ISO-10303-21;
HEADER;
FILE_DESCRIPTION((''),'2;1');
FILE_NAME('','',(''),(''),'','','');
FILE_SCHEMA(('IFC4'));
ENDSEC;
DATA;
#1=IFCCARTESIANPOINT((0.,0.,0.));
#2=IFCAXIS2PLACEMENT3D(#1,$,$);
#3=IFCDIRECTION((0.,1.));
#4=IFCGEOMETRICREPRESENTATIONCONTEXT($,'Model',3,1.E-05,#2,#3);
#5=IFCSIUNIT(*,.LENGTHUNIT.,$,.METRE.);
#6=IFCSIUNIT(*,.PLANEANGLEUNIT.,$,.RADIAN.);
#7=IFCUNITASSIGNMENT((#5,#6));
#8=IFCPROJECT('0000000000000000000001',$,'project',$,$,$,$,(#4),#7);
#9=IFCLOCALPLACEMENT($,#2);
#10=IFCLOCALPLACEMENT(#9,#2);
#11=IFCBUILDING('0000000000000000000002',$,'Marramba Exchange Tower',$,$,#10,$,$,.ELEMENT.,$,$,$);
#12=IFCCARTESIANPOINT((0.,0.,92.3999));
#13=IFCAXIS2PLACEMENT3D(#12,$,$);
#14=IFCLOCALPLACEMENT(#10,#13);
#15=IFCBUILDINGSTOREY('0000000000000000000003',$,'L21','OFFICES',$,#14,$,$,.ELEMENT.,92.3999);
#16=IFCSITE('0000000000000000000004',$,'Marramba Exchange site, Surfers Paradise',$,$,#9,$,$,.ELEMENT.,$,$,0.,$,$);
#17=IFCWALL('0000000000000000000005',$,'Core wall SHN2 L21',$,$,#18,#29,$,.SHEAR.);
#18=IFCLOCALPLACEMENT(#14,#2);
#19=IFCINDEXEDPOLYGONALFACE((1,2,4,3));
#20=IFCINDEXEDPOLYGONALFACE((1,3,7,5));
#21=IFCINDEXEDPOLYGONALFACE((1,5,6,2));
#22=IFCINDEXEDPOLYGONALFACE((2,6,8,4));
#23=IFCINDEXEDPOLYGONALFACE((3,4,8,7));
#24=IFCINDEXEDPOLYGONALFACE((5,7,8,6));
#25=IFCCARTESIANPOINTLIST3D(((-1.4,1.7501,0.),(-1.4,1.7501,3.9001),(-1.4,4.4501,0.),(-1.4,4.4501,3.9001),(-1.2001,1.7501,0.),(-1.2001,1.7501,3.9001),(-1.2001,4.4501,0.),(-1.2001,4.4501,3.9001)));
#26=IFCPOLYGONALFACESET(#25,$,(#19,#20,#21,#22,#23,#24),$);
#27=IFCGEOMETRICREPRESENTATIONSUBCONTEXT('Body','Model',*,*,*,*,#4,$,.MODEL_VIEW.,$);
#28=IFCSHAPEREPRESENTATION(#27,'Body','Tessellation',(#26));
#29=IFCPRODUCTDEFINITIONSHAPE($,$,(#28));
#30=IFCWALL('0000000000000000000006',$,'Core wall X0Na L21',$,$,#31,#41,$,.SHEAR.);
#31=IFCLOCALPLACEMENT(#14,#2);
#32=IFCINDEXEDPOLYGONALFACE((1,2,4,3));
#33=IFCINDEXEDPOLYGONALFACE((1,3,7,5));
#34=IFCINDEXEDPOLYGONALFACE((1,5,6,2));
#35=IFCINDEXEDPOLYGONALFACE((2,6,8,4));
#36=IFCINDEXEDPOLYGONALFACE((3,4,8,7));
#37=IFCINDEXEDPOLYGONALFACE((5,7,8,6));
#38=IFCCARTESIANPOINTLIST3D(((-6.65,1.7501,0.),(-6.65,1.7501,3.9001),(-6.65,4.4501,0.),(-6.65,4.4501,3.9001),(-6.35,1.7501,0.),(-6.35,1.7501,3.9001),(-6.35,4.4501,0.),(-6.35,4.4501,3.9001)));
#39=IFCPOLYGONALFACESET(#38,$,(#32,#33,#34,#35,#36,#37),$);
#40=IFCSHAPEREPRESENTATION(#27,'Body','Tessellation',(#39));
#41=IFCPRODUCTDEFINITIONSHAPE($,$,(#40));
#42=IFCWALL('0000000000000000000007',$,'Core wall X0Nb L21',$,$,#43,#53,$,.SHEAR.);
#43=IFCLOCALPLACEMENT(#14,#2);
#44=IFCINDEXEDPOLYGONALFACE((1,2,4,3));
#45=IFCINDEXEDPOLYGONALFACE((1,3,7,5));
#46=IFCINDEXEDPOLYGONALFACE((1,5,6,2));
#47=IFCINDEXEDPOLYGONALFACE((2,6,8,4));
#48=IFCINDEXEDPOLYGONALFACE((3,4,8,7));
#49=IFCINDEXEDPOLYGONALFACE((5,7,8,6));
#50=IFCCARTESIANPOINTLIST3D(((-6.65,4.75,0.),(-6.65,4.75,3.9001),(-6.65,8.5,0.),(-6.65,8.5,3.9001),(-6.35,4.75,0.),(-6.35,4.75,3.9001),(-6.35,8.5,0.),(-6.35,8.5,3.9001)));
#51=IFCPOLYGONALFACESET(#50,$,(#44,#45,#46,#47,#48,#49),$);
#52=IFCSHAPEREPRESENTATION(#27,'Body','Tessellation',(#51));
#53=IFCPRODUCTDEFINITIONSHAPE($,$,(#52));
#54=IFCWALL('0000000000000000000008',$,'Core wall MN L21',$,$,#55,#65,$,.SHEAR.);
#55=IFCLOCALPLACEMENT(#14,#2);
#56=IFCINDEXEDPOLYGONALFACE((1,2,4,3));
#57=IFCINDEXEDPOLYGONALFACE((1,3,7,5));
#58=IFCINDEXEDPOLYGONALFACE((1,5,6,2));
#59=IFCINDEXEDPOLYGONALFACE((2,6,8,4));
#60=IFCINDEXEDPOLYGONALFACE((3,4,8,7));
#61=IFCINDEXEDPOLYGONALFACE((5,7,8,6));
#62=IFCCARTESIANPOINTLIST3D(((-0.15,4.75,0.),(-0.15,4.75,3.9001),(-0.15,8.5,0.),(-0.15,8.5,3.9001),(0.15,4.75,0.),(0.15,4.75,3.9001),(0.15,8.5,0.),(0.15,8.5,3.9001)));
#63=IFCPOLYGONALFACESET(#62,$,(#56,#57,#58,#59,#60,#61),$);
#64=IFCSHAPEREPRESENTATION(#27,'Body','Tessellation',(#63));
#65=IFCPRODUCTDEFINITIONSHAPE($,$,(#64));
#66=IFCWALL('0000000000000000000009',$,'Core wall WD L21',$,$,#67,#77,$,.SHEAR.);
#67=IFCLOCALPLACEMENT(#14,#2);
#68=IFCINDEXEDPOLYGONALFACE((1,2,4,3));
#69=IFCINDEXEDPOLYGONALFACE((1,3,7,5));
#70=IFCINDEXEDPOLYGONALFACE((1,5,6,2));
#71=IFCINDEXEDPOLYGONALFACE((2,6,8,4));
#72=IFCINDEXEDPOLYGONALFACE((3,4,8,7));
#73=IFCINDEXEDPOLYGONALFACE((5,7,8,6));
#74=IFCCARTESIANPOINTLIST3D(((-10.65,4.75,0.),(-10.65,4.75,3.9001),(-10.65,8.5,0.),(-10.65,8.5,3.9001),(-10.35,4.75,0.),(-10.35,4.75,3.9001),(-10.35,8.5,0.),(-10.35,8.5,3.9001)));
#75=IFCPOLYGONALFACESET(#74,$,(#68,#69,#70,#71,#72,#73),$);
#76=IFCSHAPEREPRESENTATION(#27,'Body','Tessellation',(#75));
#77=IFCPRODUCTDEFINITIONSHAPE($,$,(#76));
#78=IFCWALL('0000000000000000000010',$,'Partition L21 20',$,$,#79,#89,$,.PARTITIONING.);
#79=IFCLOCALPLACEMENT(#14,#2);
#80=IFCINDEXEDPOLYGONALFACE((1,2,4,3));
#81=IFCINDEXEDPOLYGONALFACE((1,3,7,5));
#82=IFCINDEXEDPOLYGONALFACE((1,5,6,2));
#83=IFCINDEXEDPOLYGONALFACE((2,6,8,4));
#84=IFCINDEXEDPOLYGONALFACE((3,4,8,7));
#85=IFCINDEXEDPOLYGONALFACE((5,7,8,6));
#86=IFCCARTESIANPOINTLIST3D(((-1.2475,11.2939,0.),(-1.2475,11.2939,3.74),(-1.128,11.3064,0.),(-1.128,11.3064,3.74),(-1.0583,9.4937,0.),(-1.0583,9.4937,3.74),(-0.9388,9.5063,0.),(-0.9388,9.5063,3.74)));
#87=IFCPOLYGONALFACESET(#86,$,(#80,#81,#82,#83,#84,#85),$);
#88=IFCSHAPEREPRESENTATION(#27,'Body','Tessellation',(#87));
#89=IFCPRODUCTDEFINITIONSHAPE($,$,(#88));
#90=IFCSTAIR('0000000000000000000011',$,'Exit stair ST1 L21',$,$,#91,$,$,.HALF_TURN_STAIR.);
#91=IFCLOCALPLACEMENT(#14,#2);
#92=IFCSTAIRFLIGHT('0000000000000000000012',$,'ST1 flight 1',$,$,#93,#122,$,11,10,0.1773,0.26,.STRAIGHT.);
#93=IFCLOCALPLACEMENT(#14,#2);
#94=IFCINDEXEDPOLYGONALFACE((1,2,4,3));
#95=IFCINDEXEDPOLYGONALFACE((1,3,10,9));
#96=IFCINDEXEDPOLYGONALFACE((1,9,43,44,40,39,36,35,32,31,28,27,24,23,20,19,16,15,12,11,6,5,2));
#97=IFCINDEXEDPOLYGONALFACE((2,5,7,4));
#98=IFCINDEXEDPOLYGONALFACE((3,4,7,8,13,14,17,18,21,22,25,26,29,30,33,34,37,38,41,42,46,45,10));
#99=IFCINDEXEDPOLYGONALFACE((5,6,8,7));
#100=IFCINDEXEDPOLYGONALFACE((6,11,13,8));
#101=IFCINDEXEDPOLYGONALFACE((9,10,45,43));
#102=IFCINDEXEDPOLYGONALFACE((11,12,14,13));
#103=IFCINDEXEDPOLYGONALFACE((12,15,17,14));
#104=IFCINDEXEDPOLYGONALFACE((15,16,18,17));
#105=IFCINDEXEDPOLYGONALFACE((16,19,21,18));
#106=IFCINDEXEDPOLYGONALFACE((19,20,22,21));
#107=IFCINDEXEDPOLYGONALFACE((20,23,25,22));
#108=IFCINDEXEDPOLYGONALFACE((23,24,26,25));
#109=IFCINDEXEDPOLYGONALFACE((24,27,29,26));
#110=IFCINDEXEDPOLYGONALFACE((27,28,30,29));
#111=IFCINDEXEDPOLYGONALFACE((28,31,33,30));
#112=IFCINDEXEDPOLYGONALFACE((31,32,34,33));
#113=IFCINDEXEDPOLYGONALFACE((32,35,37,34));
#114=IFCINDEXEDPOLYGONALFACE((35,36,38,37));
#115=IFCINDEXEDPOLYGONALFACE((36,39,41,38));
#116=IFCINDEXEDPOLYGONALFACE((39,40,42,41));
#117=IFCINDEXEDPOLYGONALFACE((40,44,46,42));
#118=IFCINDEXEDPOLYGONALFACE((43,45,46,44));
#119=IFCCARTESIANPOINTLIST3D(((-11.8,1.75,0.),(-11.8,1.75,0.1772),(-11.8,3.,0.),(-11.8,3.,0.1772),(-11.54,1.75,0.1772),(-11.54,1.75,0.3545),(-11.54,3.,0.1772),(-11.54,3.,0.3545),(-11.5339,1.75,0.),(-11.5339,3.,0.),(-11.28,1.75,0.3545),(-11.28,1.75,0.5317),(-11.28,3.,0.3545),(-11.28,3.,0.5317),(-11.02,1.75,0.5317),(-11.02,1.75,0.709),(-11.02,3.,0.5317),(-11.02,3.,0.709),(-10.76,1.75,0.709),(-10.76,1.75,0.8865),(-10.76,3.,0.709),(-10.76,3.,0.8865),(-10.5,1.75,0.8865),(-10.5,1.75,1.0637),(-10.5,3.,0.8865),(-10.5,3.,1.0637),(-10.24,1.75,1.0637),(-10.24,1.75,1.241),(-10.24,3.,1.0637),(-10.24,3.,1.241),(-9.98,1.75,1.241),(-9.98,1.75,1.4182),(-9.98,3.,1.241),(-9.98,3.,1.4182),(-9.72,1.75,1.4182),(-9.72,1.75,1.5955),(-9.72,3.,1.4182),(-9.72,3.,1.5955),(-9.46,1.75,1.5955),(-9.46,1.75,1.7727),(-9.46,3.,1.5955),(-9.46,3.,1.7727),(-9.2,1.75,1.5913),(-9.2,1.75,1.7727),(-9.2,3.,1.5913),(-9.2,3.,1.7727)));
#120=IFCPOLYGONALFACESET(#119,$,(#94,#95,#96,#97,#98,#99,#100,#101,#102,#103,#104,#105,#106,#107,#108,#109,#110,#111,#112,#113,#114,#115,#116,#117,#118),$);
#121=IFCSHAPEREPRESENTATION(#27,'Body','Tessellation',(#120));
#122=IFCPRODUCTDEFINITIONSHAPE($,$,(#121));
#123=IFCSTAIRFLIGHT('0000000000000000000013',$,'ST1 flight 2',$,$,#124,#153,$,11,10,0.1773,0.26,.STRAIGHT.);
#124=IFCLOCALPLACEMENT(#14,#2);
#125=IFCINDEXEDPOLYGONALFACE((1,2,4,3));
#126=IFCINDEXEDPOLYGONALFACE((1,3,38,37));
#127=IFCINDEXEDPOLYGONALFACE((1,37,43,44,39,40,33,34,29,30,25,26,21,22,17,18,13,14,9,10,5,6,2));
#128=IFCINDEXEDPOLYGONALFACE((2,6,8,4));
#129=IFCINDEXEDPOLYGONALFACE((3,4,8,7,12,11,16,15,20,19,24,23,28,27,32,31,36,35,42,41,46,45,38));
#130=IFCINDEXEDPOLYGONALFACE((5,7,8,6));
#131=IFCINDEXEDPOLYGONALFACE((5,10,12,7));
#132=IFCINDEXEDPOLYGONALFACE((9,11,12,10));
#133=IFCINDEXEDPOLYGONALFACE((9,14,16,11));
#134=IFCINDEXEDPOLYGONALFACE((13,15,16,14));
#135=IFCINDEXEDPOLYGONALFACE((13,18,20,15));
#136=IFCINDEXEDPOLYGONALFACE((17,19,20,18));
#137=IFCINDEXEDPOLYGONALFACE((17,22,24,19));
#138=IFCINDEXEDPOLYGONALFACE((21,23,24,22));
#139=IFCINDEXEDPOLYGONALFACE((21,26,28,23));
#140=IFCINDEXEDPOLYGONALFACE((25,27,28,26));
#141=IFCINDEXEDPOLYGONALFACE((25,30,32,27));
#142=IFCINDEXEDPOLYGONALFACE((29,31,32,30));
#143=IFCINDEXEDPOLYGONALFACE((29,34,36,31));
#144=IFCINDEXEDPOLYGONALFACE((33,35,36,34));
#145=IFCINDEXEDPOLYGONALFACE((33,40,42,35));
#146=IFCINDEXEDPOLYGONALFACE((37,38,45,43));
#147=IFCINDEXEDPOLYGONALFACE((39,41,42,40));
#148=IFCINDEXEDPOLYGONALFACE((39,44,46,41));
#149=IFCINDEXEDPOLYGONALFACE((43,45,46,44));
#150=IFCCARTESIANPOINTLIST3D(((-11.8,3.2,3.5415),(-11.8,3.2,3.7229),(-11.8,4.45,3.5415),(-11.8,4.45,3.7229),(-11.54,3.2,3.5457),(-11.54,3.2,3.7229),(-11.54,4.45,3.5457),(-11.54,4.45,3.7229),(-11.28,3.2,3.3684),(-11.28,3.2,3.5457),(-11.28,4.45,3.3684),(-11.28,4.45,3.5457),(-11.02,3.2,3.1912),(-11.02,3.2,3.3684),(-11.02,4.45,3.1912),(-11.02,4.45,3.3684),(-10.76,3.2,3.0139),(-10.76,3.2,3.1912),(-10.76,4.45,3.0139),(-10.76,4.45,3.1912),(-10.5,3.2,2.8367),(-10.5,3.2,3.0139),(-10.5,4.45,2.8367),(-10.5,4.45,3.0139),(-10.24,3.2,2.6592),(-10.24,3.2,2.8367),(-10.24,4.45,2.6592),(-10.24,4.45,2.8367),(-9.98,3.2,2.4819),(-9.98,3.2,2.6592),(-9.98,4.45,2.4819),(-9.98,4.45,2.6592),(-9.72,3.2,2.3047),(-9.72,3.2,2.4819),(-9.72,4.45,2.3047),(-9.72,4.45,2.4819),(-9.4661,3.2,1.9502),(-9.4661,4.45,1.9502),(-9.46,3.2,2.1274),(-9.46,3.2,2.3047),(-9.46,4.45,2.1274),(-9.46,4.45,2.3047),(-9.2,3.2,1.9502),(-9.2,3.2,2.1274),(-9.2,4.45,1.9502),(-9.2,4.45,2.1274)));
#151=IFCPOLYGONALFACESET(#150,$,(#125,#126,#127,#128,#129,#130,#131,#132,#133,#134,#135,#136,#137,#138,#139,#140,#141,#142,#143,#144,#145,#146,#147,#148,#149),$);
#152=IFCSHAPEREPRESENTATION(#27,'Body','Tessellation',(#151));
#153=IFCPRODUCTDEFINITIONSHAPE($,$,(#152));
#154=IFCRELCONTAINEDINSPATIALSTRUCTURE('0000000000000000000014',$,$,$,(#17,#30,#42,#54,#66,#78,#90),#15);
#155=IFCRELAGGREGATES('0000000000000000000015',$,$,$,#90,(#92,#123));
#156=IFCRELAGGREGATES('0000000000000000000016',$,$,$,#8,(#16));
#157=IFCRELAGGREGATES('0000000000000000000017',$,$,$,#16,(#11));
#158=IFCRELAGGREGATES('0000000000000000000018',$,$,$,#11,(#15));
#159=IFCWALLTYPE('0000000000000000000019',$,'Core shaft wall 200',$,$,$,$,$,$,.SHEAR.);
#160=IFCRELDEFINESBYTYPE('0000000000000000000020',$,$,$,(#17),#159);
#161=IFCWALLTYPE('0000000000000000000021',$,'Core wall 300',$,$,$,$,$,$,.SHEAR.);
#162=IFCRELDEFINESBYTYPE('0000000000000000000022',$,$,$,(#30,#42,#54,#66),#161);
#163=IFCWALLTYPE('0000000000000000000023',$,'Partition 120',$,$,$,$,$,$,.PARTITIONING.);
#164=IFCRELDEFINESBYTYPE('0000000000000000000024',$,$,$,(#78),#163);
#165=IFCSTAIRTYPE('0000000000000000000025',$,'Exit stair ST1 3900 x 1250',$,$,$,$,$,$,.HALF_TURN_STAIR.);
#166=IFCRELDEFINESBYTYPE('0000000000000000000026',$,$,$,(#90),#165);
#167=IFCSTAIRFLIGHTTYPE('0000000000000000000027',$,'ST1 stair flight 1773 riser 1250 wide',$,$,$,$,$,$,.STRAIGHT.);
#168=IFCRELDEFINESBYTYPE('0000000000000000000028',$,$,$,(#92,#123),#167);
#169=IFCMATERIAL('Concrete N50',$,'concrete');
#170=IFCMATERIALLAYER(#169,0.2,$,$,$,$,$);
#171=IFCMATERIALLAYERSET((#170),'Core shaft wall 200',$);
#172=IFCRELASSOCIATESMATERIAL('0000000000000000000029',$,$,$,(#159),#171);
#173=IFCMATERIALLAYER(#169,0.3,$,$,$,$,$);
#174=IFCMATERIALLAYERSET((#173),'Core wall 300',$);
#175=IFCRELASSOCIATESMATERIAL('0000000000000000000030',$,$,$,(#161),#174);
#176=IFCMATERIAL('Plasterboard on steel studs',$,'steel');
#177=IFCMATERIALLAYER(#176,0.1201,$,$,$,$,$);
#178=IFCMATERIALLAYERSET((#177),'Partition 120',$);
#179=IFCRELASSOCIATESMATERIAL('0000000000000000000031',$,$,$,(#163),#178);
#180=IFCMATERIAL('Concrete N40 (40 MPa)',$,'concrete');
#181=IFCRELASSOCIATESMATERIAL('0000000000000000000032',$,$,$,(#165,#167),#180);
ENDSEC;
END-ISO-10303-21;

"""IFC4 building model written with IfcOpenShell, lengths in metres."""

from ifc_helpers import new_model, si_unit, direction, frame, frame_2d, origin, place, context, subcontext, project, spatial, polyline, rectangle, outline, extrude, material, layer, layer_set, type_object, element, aggregate, save


model = new_model("IFC4")

# Units and contexts
model_context = context("Model", 3, precision=1e-05, world=origin(), true_north=direction((0.0, 1.0)))
body_context = subcontext(model_context, "Body", "Model", "MODEL_VIEW")
ifc_project = project(units=[si_unit("LENGTHUNIT", "METRE"), si_unit("PLANEANGLEUNIT", "RADIAN")], contexts=[model_context])

# Site, building, storey
site_placement = place(None, origin())
site = spatial("IfcSite", under=ifc_project, at=site_placement, Name="Marramba Exchange site, Surfers Paradise", CompositionType="ELEMENT", RefElevation=0.0)
building_placement = place(site_placement, origin())
building = spatial("IfcBuilding", under=site, at=building_placement, Name="Marramba Exchange Tower", CompositionType="ELEMENT")
storey_placement = place(building_placement, frame((0.0, 0.0, 92.3999)))
storey = spatial("IfcBuildingStorey", under=building, at=storey_placement, Name="L21", Description="OFFICES", CompositionType="ELEMENT", Elevation=92.3999)

# Walls
ifc_material_1 = material(Name="Concrete N50", Category="concrete")
ifc_layer_1 = layer(ifc_material_1, 0.2)
ifc_layer_set_1 = layer_set([ifc_layer_1], Name="Core shaft wall 200")
wall_type_1 = type_object("IfcWallType", Name="Core shaft wall 200", PredefinedType="SHEAR", material=ifc_layer_set_1)
for number, where, z_axis, x_axis, name in (
    (1, (-1.3, 1.75, 0.0), (0.0, 0.0, 1.0), (0.0, 1.0, 0.0), "Core wall SHN2 L21"),
):
    element("IfcWall", number, at=place(storey_placement, frame(where, z_axis=z_axis, x_axis=x_axis)), inside=storey, type_object=wall_type_1, Name=name, PredefinedType="SHEAR", context=body_context, shape_type="SweptSolid", body=[
        extrude(rectangle(XDim=2.7, YDim=0.2, at=frame_2d((1.3501, 0.0))), origin(), (0.0, 0.0, 1.0), 3.9001),
    ])
ifc_layer_2 = layer(ifc_material_1, 0.3)
ifc_layer_set_2 = layer_set([ifc_layer_2], Name="Core wall 300")
wall_type_2 = type_object("IfcWallType", Name="Core wall 300", PredefinedType="SHEAR", material=ifc_layer_set_2)
wall_1_placement = place(storey_placement, frame((-6.5, 1.75, 0.0), z_axis=(0.0, 0.0, 1.0), x_axis=(0.0, 1.0, 0.0)))
element("IfcWall", 2, at=wall_1_placement, inside=storey, type_object=wall_type_2, Name="Core wall X0Na L21", PredefinedType="SHEAR", context=body_context, shape_type="SweptSolid", body=[
    extrude(rectangle(XDim=2.7, YDim=0.3, at=frame_2d((1.3501, 0.0))), origin(), (0.0, 0.0, 1.0), 3.9001),
])
for number, where, z_axis, x_axis, name in (
    (3, (-6.5, 4.75, 0.0), (0.0, 0.0, 1.0), (0.0, 1.0, 0.0), "Core wall X0Nb L21"),
    (4, (0.0, 4.75, 0.0), (0.0, 0.0, 1.0), (0.0, 1.0, 0.0), "Core wall MN L21"),
    (5, (-10.5, 4.75, 0.0), (0.0, 0.0, 1.0), (0.0, 1.0, 0.0), "Core wall WD L21"),
):
    element("IfcWall", number, at=place(storey_placement, frame(where, z_axis=z_axis, x_axis=x_axis)), inside=storey, type_object=wall_type_2, Name=name, PredefinedType="SHEAR", context=body_context, shape_type="SweptSolid", body=[
        extrude(rectangle(XDim=3.75, YDim=0.3, at=frame_2d((1.875, 0.0))), origin(), (0.0, 0.0, 1.0), 3.9001),
    ])
ifc_material_2 = material(Name="Plasterboard on steel studs", Category="steel")
ifc_layer_3 = layer(ifc_material_2, 0.1201)
ifc_layer_set_3 = layer_set([ifc_layer_3], Name="Partition 120")
wall_type_3 = type_object("IfcWallType", Name="Partition 120", PredefinedType="PARTITIONING", material=ifc_layer_set_3)
wall_2_placement = place(storey_placement, frame((-0.9985, 9.5, 0.0), z_axis=(0.0, 0.0, 1.0), x_axis=(-0.104537, 0.994521, 0.0)))
element("IfcWall", 6, at=wall_2_placement, inside=storey, type_object=wall_type_3, Name="Partition L21 20", PredefinedType="PARTITIONING", context=body_context, shape_type="SweptSolid", body=[
    extrude(rectangle(XDim=1.8101, YDim=0.1201, at=frame_2d((0.905, 0.0))), origin(), (0.0, 0.0, 1.0), 3.74),
])

# Stair, stair flights
ifc_material_3 = material(Name="Concrete N40 (40 MPa)", Category="concrete")
stair_type = type_object("IfcStairType", Name="Exit stair ST1 3900 x 1250", PredefinedType="HALF_TURN_STAIR", material=ifc_material_3)
stair_placement = place(storey_placement, origin())
stair = element("IfcStair", 7, at=stair_placement, inside=storey, type_object=stair_type, Name="Exit stair ST1 L21", PredefinedType="HALF_TURN_STAIR")
stair_flight_type = type_object("IfcStairFlightType", Name="ST1 stair flight 1773 riser 1250 wide", PredefinedType="STRAIGHT", material=ifc_material_3)
stair_flight_1_placement = place(storey_placement, frame((-11.8, 2.375, 0.0), z_axis=(0.0, 0.0, 1.0), x_axis=(1.0, 0.0, 0.0)))
stair_flight_1 = element("IfcStairFlight", 8, at=stair_flight_1_placement, type_object=stair_flight_type, Name="ST1 flight 1", NumberOfRisers=11, NumberOfTreads=10, PredefinedType="STRAIGHT", RiserHeight=0.1773, TreadLength=0.26, context=body_context, shape_type="SweptSolid", body=[
    extrude(outline(polyline([(0.0, 0.0), (0.0, 0.1772), (0.26, 0.1772), (0.26, 0.3545), (0.52, 0.3545), (0.52, 0.5317), (0.78, 0.5317), (0.78, 0.709), (1.04, 0.709), (1.04, 0.8865), (1.3, 0.8865), (1.3, 1.0637), (1.5601, 1.0637), (1.5601, 1.241), (1.8201, 1.241), (1.8201, 1.4182), (2.0801, 1.4182), (2.0801, 1.5955), (2.3401, 1.5955), (2.3401, 1.7727), (2.6001, 1.7727), (2.6001, 1.95), (2.6001, 1.5913), (0.2661, 0.0), (0.0, 0.0)])), frame((0.0, 0.625, 0.0), z_axis=(0.0, -1.0, 0.0), x_axis=(1.0, 0.0, 0.0)), (0.0, 0.0, 1.0), 1.25),
])
stair_flight_2_placement = place(storey_placement, frame((-9.2, 3.825, 1.9502), z_axis=(0.0, 0.0, 1.0), x_axis=(-1.0, 0.0, 0.0)))
stair_flight_2 = element("IfcStairFlight", 9, at=stair_flight_2_placement, type_object=stair_flight_type, Name="ST1 flight 2", NumberOfRisers=11, NumberOfTreads=10, PredefinedType="STRAIGHT", RiserHeight=0.1773, TreadLength=0.26, context=body_context, shape_type="SweptSolid", body=[
    extrude(outline(polyline([(0.0, 0.0), (0.0, 0.1772), (0.26, 0.1772), (0.26, 0.3545), (0.52, 0.3545), (0.52, 0.5317), (0.78, 0.5317), (0.78, 0.709), (1.04, 0.709), (1.04, 0.8865), (1.3, 0.8865), (1.3, 1.0637), (1.5601, 1.0637), (1.5601, 1.241), (1.8201, 1.241), (1.8201, 1.4182), (2.0801, 1.4182), (2.0801, 1.5955), (2.3401, 1.5955), (2.3401, 1.7727), (2.6001, 1.7727), (2.6001, 1.95), (2.6001, 1.5913), (0.2661, 0.0), (0.0, 0.0)])), frame((0.0, 0.625, 0.0), z_axis=(0.0, -1.0, 0.0), x_axis=(1.0, 0.0, 0.0)), (0.0, 0.0, 1.0), 1.25),
])
aggregate(stair, [stair_flight_1, stair_flight_2])

save(model, "model.ifc")
